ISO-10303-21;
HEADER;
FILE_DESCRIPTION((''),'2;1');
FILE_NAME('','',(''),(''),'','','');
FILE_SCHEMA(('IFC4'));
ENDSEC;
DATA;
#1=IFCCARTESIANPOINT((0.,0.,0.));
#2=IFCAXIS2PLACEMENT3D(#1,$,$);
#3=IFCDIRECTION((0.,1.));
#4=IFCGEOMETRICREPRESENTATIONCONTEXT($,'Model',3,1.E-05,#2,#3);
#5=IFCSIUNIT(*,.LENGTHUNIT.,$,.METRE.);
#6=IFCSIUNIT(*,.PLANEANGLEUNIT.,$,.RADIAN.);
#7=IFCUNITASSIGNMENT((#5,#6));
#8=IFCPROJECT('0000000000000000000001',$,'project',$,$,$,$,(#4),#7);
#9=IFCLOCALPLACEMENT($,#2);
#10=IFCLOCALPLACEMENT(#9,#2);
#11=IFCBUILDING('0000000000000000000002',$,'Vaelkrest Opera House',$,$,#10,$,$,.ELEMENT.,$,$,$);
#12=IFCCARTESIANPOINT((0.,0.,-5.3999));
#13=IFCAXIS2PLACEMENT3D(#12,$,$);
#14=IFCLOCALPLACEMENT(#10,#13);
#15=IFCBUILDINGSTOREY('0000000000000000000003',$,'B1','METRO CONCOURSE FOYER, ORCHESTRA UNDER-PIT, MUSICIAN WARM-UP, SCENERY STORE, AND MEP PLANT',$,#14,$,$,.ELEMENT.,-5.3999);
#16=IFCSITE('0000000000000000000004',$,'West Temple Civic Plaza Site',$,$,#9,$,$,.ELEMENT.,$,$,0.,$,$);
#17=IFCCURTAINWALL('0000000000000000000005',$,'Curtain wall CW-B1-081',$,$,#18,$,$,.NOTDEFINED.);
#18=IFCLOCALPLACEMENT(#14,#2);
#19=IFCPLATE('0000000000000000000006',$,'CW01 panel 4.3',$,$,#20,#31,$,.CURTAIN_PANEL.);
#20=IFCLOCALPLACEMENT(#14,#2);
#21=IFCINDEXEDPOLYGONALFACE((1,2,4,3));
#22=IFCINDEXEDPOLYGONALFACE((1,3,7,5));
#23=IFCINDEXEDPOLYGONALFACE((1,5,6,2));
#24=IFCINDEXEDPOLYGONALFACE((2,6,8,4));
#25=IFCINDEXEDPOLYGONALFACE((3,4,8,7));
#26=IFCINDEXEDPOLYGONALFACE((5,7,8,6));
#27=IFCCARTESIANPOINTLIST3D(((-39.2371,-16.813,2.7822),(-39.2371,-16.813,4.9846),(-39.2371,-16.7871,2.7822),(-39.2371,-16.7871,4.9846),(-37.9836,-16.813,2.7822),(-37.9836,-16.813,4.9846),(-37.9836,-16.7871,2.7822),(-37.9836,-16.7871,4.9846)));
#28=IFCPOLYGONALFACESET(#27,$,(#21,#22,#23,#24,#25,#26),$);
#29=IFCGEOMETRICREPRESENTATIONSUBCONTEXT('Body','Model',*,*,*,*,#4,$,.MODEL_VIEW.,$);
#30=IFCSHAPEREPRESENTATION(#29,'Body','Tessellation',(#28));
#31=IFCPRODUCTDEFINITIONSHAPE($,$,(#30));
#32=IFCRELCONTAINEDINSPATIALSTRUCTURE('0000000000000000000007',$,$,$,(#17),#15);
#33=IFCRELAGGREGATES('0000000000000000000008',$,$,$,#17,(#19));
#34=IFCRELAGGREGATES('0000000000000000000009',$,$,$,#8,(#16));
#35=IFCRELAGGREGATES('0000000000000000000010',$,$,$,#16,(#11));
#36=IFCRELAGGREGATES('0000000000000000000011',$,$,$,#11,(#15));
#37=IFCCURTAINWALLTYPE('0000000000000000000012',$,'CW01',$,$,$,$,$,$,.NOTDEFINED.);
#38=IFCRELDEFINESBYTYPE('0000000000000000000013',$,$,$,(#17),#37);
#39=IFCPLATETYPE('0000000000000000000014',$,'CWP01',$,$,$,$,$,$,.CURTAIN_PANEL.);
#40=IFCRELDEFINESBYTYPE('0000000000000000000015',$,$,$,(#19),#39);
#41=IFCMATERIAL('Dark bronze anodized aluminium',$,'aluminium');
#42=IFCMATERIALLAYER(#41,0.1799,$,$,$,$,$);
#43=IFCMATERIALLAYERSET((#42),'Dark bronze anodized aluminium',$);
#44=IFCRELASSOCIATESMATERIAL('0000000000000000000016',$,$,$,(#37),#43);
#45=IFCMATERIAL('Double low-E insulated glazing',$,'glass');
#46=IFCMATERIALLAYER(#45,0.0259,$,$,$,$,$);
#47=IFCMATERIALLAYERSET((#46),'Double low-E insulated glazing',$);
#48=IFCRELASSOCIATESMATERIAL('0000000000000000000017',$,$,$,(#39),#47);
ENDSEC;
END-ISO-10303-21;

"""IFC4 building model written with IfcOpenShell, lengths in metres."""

from ifc_helpers import new_model, si_unit, direction, frame, origin, origin_2d, place, context, subcontext, project, spatial, rectangle, extrude, material, layer, layer_set, type_object, element, aggregate, save


model = new_model("IFC4")

# Units and contexts
model_context = context("Model", 3, precision=1e-05, world=origin(), true_north=direction((0.0, 1.0)))
body_context = subcontext(model_context, "Body", "Model", "MODEL_VIEW")
ifc_project = project(units=[si_unit("LENGTHUNIT", "METRE"), si_unit("PLANEANGLEUNIT", "RADIAN")], contexts=[model_context])

# Site, building, storey
site_placement = place(None, origin())
site = spatial("IfcSite", under=ifc_project, at=site_placement, Name="West Temple Civic Plaza Site", CompositionType="ELEMENT", RefElevation=0.0)
building_placement = place(site_placement, origin())
building = spatial("IfcBuilding", under=site, at=building_placement, Name="Vaelkrest Opera House", CompositionType="ELEMENT")
storey_placement = place(building_placement, frame((0.0, 0.0, -5.3999)))
storey = spatial("IfcBuildingStorey", under=building, at=storey_placement, Name="B1", Description="METRO CONCOURSE FOYER, ORCHESTRA UNDER-PIT, MUSICIAN WARM-UP, SCENERY STORE, AND MEP PLANT", CompositionType="ELEMENT", Elevation=-5.3999)

# Curtain wall, plate
ifc_material_1 = material(Name="Dark bronze anodized aluminium", Category="aluminium")
ifc_layer_1 = layer(ifc_material_1, 0.1799)
ifc_layer_set_1 = layer_set([ifc_layer_1], Name="Dark bronze anodized aluminium")
curtain_wall_type = type_object("IfcCurtainWallType", Name="CW01", PredefinedType="NOTDEFINED", material=ifc_layer_set_1)
curtain_wall_placement = place(storey_placement, origin())
curtain_wall = element("IfcCurtainWall", 1, at=curtain_wall_placement, inside=storey, type_object=curtain_wall_type, Name="Curtain wall CW-B1-081", PredefinedType="NOTDEFINED")
ifc_material_2 = material(Name="Double low-E insulated glazing", Category="glass")
ifc_layer_2 = layer(ifc_material_2, 0.0259)
ifc_layer_set_2 = layer_set([ifc_layer_2], Name="Double low-E insulated glazing")
plate_type = type_object("IfcPlateType", Name="CWP01", PredefinedType="CURTAIN_PANEL", material=ifc_layer_set_2)
plate_1_placement = place(storey_placement, frame((-38.6104, -16.8, 2.7822), z_axis=(0.0, 0.0, 1.0), x_axis=(-1.0, 0.0, 0.0)))
plate_1 = element("IfcPlate", 2, at=plate_1_placement, type_object=plate_type, Name="CW01 panel 4.3", PredefinedType="CURTAIN_PANEL", context=body_context, shape_type="SweptSolid", body=[
    extrude(rectangle(XDim=1.2534, YDim=0.0259, at=origin_2d()), origin(), (0.0, 0.0, 1.0), 2.2024),
])
aggregate(curtain_wall, [plate_1])

save(model, "model.ifc")
